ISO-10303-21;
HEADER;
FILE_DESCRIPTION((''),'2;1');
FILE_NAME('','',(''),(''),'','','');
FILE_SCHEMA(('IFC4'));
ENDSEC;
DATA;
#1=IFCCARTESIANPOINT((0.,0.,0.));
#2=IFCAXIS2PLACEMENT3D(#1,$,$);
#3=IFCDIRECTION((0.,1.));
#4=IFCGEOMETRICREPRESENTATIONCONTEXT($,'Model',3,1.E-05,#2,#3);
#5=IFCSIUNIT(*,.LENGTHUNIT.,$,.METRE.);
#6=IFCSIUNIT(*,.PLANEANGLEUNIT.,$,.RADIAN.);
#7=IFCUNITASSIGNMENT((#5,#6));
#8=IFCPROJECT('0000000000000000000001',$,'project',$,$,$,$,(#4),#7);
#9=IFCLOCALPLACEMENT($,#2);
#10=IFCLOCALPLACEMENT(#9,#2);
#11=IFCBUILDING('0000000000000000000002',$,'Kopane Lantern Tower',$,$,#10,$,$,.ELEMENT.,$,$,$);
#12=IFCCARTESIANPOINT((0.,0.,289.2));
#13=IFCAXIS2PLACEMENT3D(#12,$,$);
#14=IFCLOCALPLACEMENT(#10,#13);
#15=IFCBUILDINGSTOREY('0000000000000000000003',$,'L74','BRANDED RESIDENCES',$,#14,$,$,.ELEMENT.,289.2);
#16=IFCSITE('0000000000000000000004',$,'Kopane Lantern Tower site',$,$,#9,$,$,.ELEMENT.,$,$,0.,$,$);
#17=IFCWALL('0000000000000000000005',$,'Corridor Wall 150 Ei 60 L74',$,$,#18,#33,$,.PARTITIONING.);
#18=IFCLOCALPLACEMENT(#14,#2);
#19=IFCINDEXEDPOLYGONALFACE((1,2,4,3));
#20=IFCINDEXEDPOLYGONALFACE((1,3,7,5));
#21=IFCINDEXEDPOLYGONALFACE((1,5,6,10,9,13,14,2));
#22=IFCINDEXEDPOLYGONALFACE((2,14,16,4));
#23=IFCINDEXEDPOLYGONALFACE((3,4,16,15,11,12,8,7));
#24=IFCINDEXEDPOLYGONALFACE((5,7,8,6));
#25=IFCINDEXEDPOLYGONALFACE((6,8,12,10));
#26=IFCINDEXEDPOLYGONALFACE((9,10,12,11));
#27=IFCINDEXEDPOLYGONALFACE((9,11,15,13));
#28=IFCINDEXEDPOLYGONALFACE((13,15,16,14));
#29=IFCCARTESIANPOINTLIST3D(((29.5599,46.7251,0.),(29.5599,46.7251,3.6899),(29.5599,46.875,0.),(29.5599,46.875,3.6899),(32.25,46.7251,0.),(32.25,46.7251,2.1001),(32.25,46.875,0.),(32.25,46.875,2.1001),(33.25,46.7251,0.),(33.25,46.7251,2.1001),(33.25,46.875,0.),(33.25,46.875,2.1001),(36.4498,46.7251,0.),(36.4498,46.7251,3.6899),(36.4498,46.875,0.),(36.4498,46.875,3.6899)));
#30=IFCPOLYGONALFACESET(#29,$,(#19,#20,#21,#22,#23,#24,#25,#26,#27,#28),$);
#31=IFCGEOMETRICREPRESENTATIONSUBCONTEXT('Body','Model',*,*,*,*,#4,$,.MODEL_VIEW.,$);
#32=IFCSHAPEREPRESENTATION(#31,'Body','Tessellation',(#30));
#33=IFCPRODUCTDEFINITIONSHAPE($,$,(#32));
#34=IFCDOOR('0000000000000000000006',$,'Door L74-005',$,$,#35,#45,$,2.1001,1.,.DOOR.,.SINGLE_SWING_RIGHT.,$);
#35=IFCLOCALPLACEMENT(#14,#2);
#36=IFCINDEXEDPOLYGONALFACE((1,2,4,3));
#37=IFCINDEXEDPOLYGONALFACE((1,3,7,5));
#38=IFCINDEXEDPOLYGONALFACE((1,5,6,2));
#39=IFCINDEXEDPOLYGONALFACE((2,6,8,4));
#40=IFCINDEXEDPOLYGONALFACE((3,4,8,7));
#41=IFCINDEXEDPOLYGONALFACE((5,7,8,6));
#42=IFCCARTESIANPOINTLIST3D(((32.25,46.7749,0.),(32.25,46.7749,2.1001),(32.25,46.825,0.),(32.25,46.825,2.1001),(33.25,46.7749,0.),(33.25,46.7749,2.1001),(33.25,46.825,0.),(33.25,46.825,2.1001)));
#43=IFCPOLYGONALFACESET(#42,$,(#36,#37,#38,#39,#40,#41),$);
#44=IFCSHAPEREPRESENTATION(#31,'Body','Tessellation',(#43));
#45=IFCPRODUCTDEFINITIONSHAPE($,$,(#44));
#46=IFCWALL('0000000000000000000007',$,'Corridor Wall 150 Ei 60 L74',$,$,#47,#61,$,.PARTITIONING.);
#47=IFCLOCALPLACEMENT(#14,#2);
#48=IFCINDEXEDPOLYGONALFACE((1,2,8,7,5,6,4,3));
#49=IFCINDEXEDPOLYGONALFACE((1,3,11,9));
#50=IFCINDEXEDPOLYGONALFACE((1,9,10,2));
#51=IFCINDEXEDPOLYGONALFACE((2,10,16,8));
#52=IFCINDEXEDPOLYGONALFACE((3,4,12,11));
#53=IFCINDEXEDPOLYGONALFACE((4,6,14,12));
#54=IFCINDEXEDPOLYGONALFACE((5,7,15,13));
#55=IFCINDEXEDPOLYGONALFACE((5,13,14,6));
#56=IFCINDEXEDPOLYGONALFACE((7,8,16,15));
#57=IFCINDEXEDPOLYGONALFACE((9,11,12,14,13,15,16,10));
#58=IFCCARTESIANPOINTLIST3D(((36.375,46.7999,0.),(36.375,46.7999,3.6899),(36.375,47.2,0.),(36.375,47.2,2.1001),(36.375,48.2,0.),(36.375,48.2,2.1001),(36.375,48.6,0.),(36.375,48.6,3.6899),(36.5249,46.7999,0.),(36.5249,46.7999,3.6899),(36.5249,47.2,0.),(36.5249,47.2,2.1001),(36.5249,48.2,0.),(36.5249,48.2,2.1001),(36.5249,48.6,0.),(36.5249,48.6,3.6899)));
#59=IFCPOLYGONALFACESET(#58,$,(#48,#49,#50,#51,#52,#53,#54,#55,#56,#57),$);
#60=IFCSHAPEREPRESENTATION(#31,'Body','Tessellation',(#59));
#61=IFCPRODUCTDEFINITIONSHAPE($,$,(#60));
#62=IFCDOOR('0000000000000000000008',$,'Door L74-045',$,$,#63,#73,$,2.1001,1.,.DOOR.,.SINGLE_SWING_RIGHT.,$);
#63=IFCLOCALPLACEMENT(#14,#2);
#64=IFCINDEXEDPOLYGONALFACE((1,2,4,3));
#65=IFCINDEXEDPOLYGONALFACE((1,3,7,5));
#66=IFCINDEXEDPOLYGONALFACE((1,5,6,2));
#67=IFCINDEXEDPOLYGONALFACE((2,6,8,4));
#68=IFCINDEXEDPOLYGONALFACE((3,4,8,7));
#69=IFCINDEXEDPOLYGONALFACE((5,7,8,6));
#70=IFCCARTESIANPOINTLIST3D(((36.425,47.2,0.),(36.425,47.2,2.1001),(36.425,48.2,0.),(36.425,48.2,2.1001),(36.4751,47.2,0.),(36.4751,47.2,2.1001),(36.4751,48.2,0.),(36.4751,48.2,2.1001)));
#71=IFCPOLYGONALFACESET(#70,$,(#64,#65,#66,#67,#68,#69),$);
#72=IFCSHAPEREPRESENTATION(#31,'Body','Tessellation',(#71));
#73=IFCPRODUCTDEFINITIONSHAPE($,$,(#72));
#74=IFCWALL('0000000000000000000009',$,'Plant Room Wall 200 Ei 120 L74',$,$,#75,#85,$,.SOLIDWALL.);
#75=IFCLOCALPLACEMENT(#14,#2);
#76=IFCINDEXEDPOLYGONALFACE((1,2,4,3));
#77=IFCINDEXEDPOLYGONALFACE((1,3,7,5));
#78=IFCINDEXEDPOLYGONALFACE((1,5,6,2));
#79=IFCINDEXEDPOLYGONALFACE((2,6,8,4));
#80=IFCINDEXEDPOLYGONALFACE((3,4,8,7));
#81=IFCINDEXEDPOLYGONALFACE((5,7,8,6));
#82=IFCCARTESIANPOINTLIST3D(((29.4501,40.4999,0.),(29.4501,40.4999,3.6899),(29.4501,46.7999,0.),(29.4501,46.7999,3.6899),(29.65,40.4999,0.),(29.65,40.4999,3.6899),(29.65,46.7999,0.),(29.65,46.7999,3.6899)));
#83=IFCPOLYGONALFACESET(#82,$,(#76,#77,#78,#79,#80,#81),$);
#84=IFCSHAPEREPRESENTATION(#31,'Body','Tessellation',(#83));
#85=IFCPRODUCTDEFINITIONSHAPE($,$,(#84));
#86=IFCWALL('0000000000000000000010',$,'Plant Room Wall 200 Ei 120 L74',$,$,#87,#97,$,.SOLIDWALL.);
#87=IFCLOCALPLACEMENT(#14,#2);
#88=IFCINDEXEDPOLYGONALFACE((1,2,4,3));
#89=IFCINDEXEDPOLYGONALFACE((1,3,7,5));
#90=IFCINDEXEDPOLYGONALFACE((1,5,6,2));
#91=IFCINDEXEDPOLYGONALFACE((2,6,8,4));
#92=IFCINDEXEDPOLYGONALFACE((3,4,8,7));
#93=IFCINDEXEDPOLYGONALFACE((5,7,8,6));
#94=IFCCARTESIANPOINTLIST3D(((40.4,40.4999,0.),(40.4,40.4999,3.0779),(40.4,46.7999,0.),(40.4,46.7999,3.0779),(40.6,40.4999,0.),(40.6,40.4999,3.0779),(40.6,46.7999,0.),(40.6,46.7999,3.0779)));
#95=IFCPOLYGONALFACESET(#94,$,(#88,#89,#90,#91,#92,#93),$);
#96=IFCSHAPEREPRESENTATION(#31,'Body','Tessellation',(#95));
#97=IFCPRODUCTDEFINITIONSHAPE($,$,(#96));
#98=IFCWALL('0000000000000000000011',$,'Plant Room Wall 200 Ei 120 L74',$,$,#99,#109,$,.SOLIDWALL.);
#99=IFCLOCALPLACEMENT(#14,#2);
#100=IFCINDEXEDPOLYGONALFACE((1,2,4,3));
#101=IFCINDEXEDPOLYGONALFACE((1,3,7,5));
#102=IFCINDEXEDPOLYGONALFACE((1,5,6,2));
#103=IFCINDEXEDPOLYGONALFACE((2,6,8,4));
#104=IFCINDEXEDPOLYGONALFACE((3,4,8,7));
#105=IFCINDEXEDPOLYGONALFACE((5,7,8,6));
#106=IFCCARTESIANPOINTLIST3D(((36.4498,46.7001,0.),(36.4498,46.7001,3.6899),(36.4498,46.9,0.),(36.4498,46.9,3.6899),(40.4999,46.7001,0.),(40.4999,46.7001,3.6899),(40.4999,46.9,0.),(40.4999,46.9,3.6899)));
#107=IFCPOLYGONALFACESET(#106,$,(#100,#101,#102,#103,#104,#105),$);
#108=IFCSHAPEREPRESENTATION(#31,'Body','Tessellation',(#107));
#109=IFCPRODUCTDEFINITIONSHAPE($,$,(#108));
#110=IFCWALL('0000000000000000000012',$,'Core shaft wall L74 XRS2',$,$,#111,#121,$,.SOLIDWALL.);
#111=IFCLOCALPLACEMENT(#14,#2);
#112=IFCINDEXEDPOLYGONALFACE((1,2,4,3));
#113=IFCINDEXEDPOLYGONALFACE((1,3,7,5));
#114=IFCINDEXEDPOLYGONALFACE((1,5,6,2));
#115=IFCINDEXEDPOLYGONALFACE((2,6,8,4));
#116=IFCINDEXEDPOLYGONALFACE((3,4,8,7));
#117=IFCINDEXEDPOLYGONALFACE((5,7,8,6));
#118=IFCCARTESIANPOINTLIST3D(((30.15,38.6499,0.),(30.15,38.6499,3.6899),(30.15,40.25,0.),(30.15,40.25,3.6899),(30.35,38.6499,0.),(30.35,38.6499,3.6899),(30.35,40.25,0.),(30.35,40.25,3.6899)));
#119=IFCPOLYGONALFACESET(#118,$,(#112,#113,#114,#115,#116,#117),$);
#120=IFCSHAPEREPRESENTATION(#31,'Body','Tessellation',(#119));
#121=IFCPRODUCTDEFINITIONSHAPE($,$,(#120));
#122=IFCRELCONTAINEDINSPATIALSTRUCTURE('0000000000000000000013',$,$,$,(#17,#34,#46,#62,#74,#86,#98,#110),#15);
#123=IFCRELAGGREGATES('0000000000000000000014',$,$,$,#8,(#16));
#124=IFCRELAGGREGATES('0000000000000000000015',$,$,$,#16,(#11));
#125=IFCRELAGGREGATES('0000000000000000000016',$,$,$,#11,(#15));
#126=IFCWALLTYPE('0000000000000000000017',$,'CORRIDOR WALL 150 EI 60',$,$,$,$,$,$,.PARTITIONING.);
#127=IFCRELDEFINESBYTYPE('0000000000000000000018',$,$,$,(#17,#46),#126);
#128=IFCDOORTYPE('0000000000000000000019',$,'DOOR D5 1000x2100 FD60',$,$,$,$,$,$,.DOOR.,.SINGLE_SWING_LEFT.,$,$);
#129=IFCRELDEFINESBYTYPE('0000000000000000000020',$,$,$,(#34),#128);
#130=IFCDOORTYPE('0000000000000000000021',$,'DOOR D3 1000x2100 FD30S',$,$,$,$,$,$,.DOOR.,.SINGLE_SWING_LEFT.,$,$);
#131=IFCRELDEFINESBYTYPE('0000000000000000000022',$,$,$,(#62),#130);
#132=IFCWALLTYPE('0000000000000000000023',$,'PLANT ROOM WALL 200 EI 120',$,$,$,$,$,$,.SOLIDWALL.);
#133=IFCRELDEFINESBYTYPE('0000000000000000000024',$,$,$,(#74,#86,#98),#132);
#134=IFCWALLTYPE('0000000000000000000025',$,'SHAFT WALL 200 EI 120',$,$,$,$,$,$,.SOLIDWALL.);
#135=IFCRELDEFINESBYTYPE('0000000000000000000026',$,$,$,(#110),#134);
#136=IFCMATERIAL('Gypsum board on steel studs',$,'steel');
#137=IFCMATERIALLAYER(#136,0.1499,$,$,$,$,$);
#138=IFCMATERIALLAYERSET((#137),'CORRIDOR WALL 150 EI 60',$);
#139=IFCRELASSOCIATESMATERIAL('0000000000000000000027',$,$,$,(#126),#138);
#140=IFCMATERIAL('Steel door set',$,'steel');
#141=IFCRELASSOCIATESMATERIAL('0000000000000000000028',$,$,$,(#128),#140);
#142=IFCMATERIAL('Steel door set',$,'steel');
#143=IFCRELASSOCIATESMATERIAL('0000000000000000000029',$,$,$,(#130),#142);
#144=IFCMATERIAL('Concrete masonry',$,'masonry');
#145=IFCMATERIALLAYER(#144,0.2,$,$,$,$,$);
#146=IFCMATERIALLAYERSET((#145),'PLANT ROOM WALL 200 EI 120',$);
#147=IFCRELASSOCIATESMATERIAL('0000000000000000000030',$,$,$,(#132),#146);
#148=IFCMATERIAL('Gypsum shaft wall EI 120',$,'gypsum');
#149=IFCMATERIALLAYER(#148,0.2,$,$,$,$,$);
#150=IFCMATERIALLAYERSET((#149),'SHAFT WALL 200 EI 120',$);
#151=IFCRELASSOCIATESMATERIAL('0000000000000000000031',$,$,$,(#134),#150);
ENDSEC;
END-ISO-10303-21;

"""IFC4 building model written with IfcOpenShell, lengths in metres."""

from ifc_helpers import new_model, si_unit, direction, frame, frame_2d, origin, place, context, subcontext, project, spatial, rectangle, extrude, material, layer, layer_set, type_object, element, fill, save


model = new_model("IFC4")

# Units and contexts
model_context = context("Model", 3, precision=1e-05, world=origin(), true_north=direction((0.0, 1.0)))
body_context = subcontext(model_context, "Body", "Model", "MODEL_VIEW")
ifc_project = project(units=[si_unit("LENGTHUNIT", "METRE"), si_unit("PLANEANGLEUNIT", "RADIAN")], contexts=[model_context])

# Site, building, storey
site_placement = place(None, origin())
site = spatial("IfcSite", under=ifc_project, at=site_placement, Name="Kopane Lantern Tower site", CompositionType="ELEMENT", RefElevation=0.0)
building_placement = place(site_placement, origin())
building = spatial("IfcBuilding", under=site, at=building_placement, Name="Kopane Lantern Tower", CompositionType="ELEMENT")
storey_placement = place(building_placement, frame((0.0, 0.0, 289.2)))
storey = spatial("IfcBuildingStorey", under=building, at=storey_placement, Name="L74", Description="BRANDED RESIDENCES", CompositionType="ELEMENT", Elevation=289.2)

# Walls, openings, doors
ifc_material_1 = material(Name="Gypsum board on steel studs", Category="steel")
ifc_layer_1 = layer(ifc_material_1, 0.1499)
ifc_layer_set_1 = layer_set([ifc_layer_1], Name="CORRIDOR WALL 150 EI 60")
wall_type_1 = type_object("IfcWallType", Name="CORRIDOR WALL 150 EI 60", PredefinedType="PARTITIONING", material=ifc_layer_set_1)
wall_1_placement = place(storey_placement, frame((29.5601, 46.8, 0.0), z_axis=(0.0, 0.0, 1.0), x_axis=(1.0, 0.0, 0.0)))
wall_1 = element("IfcWall", 1, at=wall_1_placement, inside=storey, type_object=wall_type_1, Name="Corridor Wall 150 Ei 60 L74", PredefinedType="PARTITIONING", context=body_context, shape_type="SweptSolid", body=[
    extrude(rectangle(XDim=6.8899, YDim=0.1499, at=frame_2d((3.4448, 0.0))), origin(), (0.0, 0.0, 1.0), 3.6899),
])
opening_1_placement = place(wall_1_placement, frame((2.6899, 0.0, 0.0)))
opening_1 = element("IfcOpeningElement", 2, at=opening_1_placement, cuts=wall_1, PredefinedType="OPENING", context=body_context, shape_type="SweptSolid", body=[
    extrude(rectangle(XDim=1.0, YDim=2.1001, at=frame_2d((0.5, 1.05))), frame((0.0, 0.085, 0.0), z_axis=(0.0, -1.0, 0.0), x_axis=(1.0, 0.0, 0.0)), (0.0, 0.0, 1.0), 0.1699),
])
ifc_material_2 = material(Name="Steel door set", Category="steel")
door_type_1 = type_object("IfcDoorType", Name="DOOR D5 1000x2100 FD60", OperationType="SINGLE_SWING_LEFT", PredefinedType="DOOR", material=ifc_material_2)
door_1_placement = place(opening_1_placement, origin())
door_1 = element("IfcDoor", 3, at=door_1_placement, inside=storey, type_object=door_type_1, Name="Door L74-005", OperationType="SINGLE_SWING_RIGHT", OverallHeight=2.1001, OverallWidth=1.0, PredefinedType="DOOR", context=body_context, shape_type="SweptSolid", body=[
    extrude(rectangle(XDim=1.0, YDim=2.1001, at=frame_2d((0.5, 1.05))), frame((0.0, 0.0249, 0.0), z_axis=(0.0, -1.0, 0.0), x_axis=(1.0, 0.0, 0.0)), (0.0, 0.0, 1.0), 0.05),
])
fill(opening_1, door_1)
wall_2_placement = place(storey_placement, frame((36.45, 46.8, 0.0), z_axis=(0.0, 0.0, 1.0), x_axis=(0.0, 1.0, 0.0)))
wall_2 = element("IfcWall", 4, at=wall_2_placement, inside=storey, type_object=wall_type_1, Name="Corridor Wall 150 Ei 60 L74", PredefinedType="PARTITIONING", context=body_context, shape_type="SweptSolid", body=[
    extrude(rectangle(XDim=1.8, YDim=0.1499, at=frame_2d((0.8999, 0.0))), origin(), (0.0, 0.0, 1.0), 3.6899),
])
opening_2_placement = place(wall_2_placement, frame((0.3999, 0.0, 0.0)))
opening_2 = element("IfcOpeningElement", 5, at=opening_2_placement, cuts=wall_2, PredefinedType="OPENING", context=body_context, shape_type="SweptSolid", body=[
    extrude(rectangle(XDim=1.0, YDim=2.1001, at=frame_2d((0.5, 1.05))), frame((0.0, 0.085, 0.0), z_axis=(0.0, -1.0, 0.0), x_axis=(1.0, 0.0, 0.0)), (0.0, 0.0, 1.0), 0.1699),
])
ifc_material_3 = material(Name="Steel door set", Category="steel")
door_type_2 = type_object("IfcDoorType", Name="DOOR D3 1000x2100 FD30S", OperationType="SINGLE_SWING_LEFT", PredefinedType="DOOR", material=ifc_material_3)
door_2_placement = place(opening_2_placement, origin())
door_2 = element("IfcDoor", 6, at=door_2_placement, inside=storey, type_object=door_type_2, Name="Door L74-045", OperationType="SINGLE_SWING_RIGHT", OverallHeight=2.1001, OverallWidth=1.0, PredefinedType="DOOR", context=body_context, shape_type="SweptSolid", body=[
    extrude(rectangle(XDim=1.0, YDim=2.1001, at=frame_2d((0.5, 1.05))), frame((0.0, 0.0249, 0.0), z_axis=(0.0, -1.0, 0.0), x_axis=(1.0, 0.0, 0.0)), (0.0, 0.0, 1.0), 0.05),
])
fill(opening_2, door_2)

# Walls
ifc_material_4 = material(Name="Concrete masonry", Category="masonry")
ifc_layer_2 = layer(ifc_material_4, 0.2)
ifc_layer_set_2 = layer_set([ifc_layer_2], Name="PLANT ROOM WALL 200 EI 120")
wall_type_2 = type_object("IfcWallType", Name="PLANT ROOM WALL 200 EI 120", PredefinedType="SOLIDWALL", material=ifc_layer_set_2)
wall_3_placement = place(storey_placement, frame((29.55, 40.5, 0.0), z_axis=(0.0, 0.0, 1.0), x_axis=(0.0, 1.0, 0.0)))
element("IfcWall", 7, at=wall_3_placement, inside=storey, type_object=wall_type_2, Name="Plant Room Wall 200 Ei 120 L74", PredefinedType="SOLIDWALL", context=body_context, shape_type="SweptSolid", body=[
    extrude(rectangle(XDim=6.3, YDim=0.2, at=frame_2d((3.1499, 0.0))), origin(), (0.0, 0.0, 1.0), 3.6899),
])
wall_4_placement = place(storey_placement, frame((40.5, 40.5, 0.0), z_axis=(0.0, 0.0, 1.0), x_axis=(0.0, 1.0, 0.0)))
element("IfcWall", 8, at=wall_4_placement, inside=storey, type_object=wall_type_2, Name="Plant Room Wall 200 Ei 120 L74", PredefinedType="SOLIDWALL", context=body_context, shape_type="SweptSolid", body=[
    extrude(rectangle(XDim=6.3, YDim=0.2, at=frame_2d((3.1499, 0.0))), origin(), (0.0, 0.0, 1.0), 3.0779),
])
wall_5_placement = place(storey_placement, frame((36.45, 46.8, 0.0), z_axis=(0.0, 0.0, 1.0), x_axis=(1.0, 0.0, 0.0)))
element("IfcWall", 9, at=wall_5_placement, inside=storey, type_object=wall_type_2, Name="Plant Room Wall 200 Ei 120 L74", PredefinedType="SOLIDWALL", context=body_context, shape_type="SweptSolid", body=[
    extrude(rectangle(XDim=4.05, YDim=0.2, at=frame_2d((2.0249, 0.0))), origin(), (0.0, 0.0, 1.0), 3.6899),
])
ifc_material_5 = material(Name="Gypsum shaft wall EI 120", Category="gypsum")
ifc_layer_3 = layer(ifc_material_5, 0.2)
ifc_layer_set_3 = layer_set([ifc_layer_3], Name="SHAFT WALL 200 EI 120")
wall_type_3 = type_object("IfcWallType", Name="SHAFT WALL 200 EI 120", PredefinedType="SOLIDWALL", material=ifc_layer_set_3)
wall_6_placement = place(storey_placement, frame((30.25, 38.6499, 0.0), z_axis=(0.0, 0.0, 1.0), x_axis=(0.0, 1.0, 0.0)))
element("IfcWall", 10, at=wall_6_placement, inside=storey, type_object=wall_type_3, Name="Core shaft wall L74 XRS2", PredefinedType="SOLIDWALL", context=body_context, shape_type="SweptSolid", body=[
    extrude(rectangle(XDim=1.6001, YDim=0.2, at=frame_2d((0.8, 0.0))), origin(), (0.0, 0.0, 1.0), 3.6899),
])

save(model, "model.ifc")
